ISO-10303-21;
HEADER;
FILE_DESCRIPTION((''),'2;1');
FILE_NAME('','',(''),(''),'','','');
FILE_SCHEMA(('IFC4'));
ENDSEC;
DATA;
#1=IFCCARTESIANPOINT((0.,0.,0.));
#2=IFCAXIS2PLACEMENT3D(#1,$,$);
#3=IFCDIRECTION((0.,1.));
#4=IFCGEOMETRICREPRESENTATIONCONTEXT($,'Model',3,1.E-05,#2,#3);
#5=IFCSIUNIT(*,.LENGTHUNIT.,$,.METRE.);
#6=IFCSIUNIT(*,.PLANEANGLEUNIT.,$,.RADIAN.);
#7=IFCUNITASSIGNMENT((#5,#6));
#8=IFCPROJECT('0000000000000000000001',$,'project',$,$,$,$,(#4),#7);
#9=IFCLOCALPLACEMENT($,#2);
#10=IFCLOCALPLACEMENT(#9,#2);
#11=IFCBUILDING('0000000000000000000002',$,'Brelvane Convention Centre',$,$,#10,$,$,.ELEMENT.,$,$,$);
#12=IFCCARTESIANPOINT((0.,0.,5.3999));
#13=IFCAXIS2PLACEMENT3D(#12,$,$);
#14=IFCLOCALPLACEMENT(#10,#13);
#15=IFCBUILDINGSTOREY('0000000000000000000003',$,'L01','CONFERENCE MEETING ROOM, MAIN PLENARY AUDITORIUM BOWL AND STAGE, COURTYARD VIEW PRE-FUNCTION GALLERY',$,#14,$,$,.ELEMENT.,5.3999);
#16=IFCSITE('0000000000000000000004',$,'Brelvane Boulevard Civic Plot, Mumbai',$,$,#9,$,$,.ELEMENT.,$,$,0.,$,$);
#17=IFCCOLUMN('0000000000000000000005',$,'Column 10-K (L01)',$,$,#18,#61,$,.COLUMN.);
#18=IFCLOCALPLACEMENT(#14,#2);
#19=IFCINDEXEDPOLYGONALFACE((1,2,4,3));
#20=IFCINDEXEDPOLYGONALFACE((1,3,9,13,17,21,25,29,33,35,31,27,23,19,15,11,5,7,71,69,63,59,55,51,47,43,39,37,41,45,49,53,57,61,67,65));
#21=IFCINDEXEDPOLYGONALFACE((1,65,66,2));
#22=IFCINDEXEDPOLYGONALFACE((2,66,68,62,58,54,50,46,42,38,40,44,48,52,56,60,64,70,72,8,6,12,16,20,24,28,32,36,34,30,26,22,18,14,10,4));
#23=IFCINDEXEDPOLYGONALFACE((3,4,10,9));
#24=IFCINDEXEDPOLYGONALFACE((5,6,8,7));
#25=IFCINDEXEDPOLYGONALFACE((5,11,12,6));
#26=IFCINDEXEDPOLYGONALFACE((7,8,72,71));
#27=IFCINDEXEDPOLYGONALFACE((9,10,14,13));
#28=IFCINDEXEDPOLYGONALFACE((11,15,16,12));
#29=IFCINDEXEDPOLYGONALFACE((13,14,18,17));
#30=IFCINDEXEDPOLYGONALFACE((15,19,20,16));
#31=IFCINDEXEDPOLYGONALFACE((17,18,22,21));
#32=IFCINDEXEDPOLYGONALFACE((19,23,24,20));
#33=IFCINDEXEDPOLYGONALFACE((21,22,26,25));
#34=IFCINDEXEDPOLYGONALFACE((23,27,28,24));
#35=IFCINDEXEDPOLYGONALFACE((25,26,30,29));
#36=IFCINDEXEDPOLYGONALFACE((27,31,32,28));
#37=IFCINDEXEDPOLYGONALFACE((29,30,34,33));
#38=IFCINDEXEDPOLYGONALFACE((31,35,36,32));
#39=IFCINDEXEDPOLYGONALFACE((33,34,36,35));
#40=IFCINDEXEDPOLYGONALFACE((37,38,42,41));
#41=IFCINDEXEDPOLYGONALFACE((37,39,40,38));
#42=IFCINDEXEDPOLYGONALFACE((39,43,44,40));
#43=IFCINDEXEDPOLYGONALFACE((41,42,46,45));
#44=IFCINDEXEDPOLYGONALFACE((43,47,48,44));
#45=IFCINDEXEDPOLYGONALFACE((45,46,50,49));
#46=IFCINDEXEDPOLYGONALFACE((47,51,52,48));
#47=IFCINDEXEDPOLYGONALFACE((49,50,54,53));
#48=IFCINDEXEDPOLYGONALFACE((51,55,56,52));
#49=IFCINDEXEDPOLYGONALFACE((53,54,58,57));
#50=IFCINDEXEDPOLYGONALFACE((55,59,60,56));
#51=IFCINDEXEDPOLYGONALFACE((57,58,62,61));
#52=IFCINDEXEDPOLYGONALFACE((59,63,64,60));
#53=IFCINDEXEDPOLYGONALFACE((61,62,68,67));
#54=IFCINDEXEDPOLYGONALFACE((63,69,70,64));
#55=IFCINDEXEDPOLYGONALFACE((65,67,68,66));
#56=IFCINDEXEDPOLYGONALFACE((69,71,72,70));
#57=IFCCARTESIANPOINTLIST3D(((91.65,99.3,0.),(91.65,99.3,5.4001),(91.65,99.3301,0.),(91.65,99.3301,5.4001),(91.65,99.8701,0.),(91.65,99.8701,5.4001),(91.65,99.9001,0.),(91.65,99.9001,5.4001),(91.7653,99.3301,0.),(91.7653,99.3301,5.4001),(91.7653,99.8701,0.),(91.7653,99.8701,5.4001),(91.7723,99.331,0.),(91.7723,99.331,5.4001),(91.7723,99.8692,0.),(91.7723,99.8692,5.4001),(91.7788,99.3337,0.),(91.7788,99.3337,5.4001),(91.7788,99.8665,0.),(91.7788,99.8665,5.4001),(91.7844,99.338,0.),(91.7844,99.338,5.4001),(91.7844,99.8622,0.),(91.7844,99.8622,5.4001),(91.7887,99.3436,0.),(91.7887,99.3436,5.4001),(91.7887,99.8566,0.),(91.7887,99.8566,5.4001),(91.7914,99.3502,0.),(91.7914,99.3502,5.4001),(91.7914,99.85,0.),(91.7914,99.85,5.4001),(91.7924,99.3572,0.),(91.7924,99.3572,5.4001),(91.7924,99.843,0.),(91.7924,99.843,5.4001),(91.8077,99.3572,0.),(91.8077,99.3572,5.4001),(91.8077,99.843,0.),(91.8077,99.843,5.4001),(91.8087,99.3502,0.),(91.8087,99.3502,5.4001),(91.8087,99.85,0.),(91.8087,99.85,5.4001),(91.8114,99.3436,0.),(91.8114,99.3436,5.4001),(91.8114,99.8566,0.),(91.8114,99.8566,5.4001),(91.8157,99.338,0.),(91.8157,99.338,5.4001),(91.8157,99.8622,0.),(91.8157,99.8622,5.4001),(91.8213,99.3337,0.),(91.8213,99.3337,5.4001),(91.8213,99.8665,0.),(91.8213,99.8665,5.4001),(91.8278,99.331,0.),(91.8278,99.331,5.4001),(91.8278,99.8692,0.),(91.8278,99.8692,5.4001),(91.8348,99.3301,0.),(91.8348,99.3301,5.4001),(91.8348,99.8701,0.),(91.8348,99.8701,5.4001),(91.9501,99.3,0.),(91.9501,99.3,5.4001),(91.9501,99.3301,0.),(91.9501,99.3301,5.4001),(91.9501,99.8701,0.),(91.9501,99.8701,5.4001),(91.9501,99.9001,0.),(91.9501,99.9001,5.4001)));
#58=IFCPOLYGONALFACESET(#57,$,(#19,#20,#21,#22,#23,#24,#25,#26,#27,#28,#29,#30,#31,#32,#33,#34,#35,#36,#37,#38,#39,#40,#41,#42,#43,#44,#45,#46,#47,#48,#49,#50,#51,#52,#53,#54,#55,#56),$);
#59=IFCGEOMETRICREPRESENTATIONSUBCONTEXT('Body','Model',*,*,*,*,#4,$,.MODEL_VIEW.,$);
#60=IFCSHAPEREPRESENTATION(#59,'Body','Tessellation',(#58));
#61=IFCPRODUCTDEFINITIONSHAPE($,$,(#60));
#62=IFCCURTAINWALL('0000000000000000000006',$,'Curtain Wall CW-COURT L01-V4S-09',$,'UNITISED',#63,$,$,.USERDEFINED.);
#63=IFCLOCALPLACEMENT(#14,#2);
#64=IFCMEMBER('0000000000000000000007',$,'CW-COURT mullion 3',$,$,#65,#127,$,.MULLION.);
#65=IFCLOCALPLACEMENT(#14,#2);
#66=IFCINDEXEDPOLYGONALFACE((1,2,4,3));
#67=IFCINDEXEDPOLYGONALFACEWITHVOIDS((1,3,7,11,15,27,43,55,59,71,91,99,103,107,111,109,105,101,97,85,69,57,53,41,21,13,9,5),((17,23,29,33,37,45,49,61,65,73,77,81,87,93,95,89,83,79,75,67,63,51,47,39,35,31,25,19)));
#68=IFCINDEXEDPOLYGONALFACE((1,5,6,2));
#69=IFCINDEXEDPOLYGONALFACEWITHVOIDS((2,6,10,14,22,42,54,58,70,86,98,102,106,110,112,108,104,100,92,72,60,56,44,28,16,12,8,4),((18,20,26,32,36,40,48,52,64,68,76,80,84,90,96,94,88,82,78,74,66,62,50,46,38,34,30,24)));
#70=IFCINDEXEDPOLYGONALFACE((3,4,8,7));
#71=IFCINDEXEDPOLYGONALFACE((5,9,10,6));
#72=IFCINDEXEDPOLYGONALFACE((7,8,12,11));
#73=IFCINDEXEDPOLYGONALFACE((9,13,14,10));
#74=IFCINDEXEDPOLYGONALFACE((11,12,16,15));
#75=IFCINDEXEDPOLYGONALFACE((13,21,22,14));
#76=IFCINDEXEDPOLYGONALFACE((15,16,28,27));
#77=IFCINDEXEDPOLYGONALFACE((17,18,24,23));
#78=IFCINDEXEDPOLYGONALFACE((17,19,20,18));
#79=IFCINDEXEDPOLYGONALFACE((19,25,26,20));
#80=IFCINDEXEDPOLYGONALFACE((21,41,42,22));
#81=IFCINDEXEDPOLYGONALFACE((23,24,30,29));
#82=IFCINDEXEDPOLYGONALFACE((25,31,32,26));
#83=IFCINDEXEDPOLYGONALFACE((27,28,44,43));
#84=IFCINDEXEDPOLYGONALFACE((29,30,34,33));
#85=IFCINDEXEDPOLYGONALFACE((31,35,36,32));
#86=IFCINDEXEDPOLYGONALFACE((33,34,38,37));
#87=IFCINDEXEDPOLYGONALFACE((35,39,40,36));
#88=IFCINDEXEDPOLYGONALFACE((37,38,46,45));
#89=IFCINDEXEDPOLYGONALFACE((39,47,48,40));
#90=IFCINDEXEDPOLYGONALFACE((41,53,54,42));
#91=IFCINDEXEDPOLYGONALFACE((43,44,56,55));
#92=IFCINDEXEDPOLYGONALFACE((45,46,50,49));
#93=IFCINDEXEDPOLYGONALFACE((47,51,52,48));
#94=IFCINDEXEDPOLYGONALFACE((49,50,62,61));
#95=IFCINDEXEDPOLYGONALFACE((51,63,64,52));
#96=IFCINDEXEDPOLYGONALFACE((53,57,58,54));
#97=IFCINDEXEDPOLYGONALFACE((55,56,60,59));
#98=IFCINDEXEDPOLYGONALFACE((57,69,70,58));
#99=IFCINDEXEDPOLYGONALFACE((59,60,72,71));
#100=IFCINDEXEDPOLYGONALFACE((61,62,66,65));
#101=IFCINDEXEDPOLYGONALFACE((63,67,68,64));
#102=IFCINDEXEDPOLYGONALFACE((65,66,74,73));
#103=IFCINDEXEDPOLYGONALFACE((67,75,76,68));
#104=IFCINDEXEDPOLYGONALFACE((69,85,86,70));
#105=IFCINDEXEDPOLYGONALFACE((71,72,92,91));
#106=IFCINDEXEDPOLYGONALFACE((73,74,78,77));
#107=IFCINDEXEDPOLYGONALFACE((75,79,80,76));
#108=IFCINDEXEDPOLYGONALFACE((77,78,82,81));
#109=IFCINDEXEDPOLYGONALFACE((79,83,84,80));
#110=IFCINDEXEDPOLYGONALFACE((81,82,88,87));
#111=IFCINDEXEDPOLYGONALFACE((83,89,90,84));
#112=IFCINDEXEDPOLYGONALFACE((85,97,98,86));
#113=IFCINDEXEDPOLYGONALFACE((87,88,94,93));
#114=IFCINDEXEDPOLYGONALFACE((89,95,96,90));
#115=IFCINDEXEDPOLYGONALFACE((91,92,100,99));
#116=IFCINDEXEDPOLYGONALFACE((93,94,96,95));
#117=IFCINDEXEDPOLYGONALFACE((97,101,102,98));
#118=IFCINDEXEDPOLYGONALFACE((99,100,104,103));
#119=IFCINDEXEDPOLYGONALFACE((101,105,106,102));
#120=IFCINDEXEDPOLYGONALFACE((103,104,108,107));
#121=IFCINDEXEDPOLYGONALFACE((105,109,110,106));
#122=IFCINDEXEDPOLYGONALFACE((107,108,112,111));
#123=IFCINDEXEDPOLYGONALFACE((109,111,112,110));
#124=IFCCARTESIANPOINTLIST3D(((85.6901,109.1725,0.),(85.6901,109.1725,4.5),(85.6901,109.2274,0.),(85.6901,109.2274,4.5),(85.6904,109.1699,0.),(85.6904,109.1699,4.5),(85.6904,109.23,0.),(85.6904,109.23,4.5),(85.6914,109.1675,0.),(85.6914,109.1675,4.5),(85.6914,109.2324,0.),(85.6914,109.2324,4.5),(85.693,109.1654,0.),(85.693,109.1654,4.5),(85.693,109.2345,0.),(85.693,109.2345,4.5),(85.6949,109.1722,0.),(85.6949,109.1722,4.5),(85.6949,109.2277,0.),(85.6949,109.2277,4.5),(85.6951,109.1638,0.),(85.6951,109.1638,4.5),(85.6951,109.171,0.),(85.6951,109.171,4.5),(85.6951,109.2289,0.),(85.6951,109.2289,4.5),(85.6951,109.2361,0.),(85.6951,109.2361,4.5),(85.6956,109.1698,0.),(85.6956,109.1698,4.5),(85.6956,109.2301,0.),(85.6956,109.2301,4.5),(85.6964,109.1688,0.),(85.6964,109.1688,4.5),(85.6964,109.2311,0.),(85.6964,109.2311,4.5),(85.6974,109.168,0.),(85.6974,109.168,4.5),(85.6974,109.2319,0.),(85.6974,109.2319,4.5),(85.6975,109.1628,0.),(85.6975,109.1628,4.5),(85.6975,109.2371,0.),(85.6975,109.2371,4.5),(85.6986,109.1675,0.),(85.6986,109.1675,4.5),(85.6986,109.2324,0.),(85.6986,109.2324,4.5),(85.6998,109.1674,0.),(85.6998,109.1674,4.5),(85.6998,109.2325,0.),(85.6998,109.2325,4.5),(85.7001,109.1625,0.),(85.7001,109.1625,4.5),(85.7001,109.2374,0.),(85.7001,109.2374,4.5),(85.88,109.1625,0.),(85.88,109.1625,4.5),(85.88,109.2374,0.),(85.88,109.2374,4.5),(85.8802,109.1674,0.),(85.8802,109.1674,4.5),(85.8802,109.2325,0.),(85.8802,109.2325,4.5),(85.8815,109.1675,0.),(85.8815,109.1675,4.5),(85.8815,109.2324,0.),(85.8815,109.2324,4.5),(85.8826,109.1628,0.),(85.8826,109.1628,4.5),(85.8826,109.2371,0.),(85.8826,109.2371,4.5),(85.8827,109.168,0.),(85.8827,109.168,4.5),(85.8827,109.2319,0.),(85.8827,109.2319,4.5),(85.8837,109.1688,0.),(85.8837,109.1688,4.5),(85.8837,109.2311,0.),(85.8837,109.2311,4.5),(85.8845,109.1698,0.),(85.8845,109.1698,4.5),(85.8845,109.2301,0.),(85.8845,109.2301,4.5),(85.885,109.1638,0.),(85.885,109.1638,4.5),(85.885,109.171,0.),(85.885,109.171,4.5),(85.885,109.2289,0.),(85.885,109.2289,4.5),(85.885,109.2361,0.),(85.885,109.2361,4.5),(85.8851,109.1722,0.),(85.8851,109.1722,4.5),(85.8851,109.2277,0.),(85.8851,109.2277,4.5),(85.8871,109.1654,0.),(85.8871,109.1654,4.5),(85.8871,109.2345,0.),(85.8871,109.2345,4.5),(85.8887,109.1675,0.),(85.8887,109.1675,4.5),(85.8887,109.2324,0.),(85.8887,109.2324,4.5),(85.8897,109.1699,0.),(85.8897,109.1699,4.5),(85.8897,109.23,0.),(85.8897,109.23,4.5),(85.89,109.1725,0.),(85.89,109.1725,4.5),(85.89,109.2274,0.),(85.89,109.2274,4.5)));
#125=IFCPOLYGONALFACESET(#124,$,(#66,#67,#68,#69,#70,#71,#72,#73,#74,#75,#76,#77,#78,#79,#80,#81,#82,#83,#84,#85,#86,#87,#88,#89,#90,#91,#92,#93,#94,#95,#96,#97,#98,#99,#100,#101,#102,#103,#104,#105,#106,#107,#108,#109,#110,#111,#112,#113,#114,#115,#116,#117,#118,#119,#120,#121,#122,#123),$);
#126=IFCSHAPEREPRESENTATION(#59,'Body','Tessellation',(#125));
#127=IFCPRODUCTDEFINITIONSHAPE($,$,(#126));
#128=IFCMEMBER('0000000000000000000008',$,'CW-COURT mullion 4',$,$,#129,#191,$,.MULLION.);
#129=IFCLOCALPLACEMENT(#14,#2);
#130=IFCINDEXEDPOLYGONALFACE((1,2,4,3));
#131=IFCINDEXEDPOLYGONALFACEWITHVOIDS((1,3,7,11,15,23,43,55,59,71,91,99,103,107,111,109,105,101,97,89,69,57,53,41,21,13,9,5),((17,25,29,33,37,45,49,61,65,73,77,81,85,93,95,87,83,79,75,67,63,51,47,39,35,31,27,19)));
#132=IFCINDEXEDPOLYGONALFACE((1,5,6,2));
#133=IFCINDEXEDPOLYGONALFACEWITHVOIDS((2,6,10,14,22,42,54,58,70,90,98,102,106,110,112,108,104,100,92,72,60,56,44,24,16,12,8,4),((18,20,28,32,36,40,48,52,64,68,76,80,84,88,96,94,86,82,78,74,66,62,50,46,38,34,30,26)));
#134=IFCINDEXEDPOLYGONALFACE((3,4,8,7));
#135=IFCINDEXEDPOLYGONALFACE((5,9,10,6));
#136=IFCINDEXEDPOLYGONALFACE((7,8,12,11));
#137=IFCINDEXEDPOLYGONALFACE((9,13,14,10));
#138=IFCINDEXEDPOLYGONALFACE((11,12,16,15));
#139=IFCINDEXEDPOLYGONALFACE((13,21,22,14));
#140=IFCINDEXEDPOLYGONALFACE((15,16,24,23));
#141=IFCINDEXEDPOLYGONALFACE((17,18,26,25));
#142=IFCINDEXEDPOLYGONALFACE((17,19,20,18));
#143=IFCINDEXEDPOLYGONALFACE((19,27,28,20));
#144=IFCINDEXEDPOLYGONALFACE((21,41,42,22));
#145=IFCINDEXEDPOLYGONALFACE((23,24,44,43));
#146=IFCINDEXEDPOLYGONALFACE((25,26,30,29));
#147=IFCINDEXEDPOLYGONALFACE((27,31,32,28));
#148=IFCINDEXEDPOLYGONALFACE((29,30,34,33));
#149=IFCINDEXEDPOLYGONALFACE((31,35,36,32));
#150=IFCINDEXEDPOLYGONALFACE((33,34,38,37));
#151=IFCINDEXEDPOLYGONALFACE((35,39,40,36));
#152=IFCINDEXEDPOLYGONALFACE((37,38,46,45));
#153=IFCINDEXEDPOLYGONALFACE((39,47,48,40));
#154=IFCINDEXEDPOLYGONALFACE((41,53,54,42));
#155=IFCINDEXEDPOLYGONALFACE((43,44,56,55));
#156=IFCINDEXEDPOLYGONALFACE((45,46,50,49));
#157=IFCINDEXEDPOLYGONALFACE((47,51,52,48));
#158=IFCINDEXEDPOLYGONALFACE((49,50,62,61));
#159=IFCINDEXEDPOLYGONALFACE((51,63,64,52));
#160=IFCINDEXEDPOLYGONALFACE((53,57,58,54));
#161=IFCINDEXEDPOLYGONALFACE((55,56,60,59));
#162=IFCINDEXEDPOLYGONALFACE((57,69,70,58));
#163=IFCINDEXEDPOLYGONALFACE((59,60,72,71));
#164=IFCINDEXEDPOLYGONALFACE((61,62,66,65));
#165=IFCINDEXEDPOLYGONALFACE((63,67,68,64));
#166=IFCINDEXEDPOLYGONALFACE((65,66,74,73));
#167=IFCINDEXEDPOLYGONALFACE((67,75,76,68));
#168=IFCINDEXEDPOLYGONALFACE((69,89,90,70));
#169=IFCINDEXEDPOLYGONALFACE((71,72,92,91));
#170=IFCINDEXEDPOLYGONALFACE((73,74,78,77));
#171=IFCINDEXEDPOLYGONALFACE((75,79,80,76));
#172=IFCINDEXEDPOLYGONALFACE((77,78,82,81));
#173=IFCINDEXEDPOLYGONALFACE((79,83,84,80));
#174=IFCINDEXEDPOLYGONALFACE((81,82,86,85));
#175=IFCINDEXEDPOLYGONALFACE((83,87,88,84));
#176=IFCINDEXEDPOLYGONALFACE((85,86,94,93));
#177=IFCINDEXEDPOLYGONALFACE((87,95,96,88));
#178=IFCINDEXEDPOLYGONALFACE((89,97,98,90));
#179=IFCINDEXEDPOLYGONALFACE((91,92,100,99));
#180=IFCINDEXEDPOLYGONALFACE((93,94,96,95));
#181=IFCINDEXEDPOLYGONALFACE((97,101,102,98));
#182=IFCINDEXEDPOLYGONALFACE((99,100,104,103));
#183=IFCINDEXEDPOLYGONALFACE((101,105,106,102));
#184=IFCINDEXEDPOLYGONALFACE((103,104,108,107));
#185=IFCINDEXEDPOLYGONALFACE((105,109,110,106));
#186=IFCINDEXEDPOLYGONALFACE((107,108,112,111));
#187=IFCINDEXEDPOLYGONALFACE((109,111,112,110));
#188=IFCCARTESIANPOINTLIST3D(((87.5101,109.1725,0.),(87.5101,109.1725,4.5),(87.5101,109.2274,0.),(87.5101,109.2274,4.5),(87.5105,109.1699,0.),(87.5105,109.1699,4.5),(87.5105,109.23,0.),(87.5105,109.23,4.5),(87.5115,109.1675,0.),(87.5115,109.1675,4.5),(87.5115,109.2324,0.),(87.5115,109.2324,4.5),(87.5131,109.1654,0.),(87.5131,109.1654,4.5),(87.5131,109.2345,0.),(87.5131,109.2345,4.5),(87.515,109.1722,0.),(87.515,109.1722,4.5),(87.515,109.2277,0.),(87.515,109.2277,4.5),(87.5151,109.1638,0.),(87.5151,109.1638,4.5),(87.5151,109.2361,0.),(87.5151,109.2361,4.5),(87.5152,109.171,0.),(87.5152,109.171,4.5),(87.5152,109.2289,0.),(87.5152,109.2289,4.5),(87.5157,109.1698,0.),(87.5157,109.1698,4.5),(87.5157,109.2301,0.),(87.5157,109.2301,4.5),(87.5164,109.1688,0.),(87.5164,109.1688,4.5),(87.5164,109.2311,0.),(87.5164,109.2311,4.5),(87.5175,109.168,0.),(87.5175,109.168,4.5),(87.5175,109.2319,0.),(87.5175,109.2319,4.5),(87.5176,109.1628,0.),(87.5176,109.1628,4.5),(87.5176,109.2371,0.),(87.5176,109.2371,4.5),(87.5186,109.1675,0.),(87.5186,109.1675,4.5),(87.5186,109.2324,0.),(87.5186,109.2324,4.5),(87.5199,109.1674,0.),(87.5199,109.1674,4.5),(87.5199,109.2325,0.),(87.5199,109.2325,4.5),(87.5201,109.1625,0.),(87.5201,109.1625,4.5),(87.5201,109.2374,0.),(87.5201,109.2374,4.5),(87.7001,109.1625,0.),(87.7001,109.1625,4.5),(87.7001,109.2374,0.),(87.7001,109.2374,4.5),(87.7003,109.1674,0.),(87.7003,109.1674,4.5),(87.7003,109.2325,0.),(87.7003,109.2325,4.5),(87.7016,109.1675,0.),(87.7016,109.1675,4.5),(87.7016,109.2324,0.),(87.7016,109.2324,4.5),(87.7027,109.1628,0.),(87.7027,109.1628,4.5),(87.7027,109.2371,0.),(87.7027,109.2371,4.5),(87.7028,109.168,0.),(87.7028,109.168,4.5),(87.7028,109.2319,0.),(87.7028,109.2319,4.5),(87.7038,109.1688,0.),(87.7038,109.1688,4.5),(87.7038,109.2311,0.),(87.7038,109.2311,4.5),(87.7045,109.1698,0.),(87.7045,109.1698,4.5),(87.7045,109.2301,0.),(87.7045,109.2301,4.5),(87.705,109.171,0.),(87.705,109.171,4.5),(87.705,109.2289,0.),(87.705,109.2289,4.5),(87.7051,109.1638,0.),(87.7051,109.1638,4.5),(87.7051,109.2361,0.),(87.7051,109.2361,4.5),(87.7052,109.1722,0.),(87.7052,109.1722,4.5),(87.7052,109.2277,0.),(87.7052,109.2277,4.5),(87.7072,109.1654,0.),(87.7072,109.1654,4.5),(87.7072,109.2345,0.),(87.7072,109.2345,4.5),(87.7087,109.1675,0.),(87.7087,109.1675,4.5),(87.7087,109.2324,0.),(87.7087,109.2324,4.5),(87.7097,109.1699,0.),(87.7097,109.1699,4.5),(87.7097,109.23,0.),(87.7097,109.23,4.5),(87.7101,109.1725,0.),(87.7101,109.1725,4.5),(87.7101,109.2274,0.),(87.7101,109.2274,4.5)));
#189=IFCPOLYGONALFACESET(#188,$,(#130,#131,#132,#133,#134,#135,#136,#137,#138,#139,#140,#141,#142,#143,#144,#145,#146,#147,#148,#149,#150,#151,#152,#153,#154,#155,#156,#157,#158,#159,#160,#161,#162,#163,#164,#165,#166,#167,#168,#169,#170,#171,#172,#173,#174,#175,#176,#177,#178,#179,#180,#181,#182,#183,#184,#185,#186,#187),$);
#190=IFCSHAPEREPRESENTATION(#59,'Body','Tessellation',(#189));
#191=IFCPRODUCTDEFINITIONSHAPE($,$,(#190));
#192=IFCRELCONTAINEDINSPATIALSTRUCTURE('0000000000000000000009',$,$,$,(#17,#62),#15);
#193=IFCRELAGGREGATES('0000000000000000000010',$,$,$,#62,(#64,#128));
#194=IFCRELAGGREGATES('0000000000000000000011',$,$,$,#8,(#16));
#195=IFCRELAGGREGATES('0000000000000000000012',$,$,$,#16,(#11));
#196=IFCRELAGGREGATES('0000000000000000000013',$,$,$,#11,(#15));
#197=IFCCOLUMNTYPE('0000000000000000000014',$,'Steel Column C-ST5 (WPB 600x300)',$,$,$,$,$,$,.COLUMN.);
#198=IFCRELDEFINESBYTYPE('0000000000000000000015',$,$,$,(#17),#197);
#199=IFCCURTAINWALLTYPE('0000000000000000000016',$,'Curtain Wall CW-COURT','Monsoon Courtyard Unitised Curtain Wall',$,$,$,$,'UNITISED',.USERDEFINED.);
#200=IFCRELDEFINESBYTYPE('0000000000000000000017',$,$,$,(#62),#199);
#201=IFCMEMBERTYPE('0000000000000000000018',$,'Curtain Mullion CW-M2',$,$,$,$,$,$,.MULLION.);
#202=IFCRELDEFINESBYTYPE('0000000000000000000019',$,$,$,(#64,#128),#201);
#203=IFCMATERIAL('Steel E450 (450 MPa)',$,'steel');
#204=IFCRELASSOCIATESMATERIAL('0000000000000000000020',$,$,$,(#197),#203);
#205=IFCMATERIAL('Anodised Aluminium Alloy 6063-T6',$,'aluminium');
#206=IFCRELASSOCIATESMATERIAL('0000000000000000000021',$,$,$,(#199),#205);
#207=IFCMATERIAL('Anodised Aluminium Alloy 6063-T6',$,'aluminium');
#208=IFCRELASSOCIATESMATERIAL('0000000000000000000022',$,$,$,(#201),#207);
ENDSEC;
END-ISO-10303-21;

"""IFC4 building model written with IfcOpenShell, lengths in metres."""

from ifc_helpers import new_model, si_unit, direction, frame, origin, origin_2d, place, context, subcontext, project, spatial, hollow_rectangle, i_section, extrude, material, material_profile, profile_set, type_object, element, aggregate, save


model = new_model("IFC4")

# Units and contexts
model_context = context("Model", 3, precision=1e-05, world=origin(), true_north=direction((0.0, 1.0)))
body_context = subcontext(model_context, "Body", "Model", "MODEL_VIEW")
ifc_project = project(units=[si_unit("LENGTHUNIT", "METRE"), si_unit("PLANEANGLEUNIT", "RADIAN")], contexts=[model_context])

# Site, building, storey
site_placement = place(None, origin())
site = spatial("IfcSite", under=ifc_project, at=site_placement, Name="Brelvane Boulevard Civic Plot, Mumbai", CompositionType="ELEMENT", RefElevation=0.0)
building_placement = place(site_placement, origin())
building = spatial("IfcBuilding", under=site, at=building_placement, Name="Brelvane Convention Centre", CompositionType="ELEMENT")
storey_placement = place(building_placement, frame((0.0, 0.0, 5.3999)))
storey = spatial("IfcBuildingStorey", under=building, at=storey_placement, Name="L01", Description="CONFERENCE MEETING ROOM, MAIN PLENARY AUDITORIUM BOWL AND STAGE, COURTYARD VIEW PRE-FUNCTION GALLERY", CompositionType="ELEMENT", Elevation=5.3999)

# Column
ifc_material_1 = material(Name="Steel E450 (450 MPa)", Category="steel")
ifc_material_profile_1 = material_profile(ifc_material_1, i_section(OverallWidth=0.3, OverallDepth=0.6001, WebThickness=0.0154, FlangeThickness=0.03, FilletRadius=0.0271, at=origin_2d()), Name="WPB 600x300")
ifc_profile_set_1 = profile_set([ifc_material_profile_1], Name="Steel E450 (450 MPa)")
column_type = type_object("IfcColumnType", Name="Steel Column C-ST5 (WPB 600x300)", PredefinedType="COLUMN", material=ifc_profile_set_1)
column_placement = place(storey_placement, frame((91.8, 99.6001, 0.0), z_axis=(0.0, 0.0, 1.0), x_axis=(1.0, 0.0, 0.0)))
element("IfcColumn", 1, at=column_placement, inside=storey, type_object=column_type, Name="Column 10-K (L01)", PredefinedType="COLUMN", context=body_context, shape_type="SweptSolid", body=[
    extrude(i_section(OverallWidth=0.3, OverallDepth=0.6001, WebThickness=0.0154, FlangeThickness=0.03, FilletRadius=0.0271, at=origin_2d()), origin(), (0.0, 0.0, 1.0), 5.4001),
])

# Curtain wall, members
ifc_material_2 = material(Name="Anodised Aluminium Alloy 6063-T6", Category="aluminium")
curtain_wall_type = type_object("IfcCurtainWallType", Name="Curtain Wall CW-COURT", Description="Monsoon Courtyard Unitised Curtain Wall", ElementType="UNITISED", PredefinedType="USERDEFINED", material=ifc_material_2)
curtain_wall_placement = place(storey_placement, origin())
curtain_wall = element("IfcCurtainWall", 2, at=curtain_wall_placement, inside=storey, type_object=curtain_wall_type, Name="Curtain Wall CW-COURT L01-V4S-09", ObjectType="UNITISED", PredefinedType="USERDEFINED")
ifc_material_3 = material(Name="Anodised Aluminium Alloy 6063-T6", Category="aluminium")
ifc_material_profile_2 = material_profile(ifc_material_3, hollow_rectangle(XDim=0.075, YDim=0.2, WallThickness=0.0049, InnerFilletRadius=0.0049, OuterFilletRadius=0.01, at=origin_2d()), Name="ALU-M 200x75x5.0")
ifc_profile_set_2 = profile_set([ifc_material_profile_2], Name="Anodised Aluminium Alloy 6063-T6")
member_type_1 = type_object("IfcMemberType", Name="Curtain Mullion CW-M2", PredefinedType="MULLION", material=ifc_profile_set_2)
member_1_placement = place(storey_placement, frame((85.79, 109.2, 0.0), z_axis=(0.0, 0.0, 1.0), x_axis=(0.0, 1.0, 0.0)))
member_1 = element("IfcMember", 3, at=member_1_placement, type_object=member_type_1, Name="CW-COURT mullion 3", PredefinedType="MULLION", context=body_context, shape_type="SweptSolid", body=[
    extrude(hollow_rectangle(XDim=0.075, YDim=0.2, WallThickness=0.0049, InnerFilletRadius=0.0049, OuterFilletRadius=0.01, at=origin_2d()), origin(), (0.0, 0.0, 1.0), 4.5),
])
member_2_placement = place(storey_placement, frame((87.6101, 109.2, 0.0), z_axis=(0.0, 0.0, 1.0), x_axis=(0.0, 1.0, 0.0)))
member_2 = element("IfcMember", 4, at=member_2_placement, type_object=member_type_1, Name="CW-COURT mullion 4", PredefinedType="MULLION", context=body_context, shape_type="SweptSolid", body=[
    extrude(hollow_rectangle(XDim=0.075, YDim=0.2, WallThickness=0.0049, InnerFilletRadius=0.0049, OuterFilletRadius=0.01, at=origin_2d()), origin(), (0.0, 0.0, 1.0), 4.5),
])

aggregate(curtain_wall, [member_1, member_2])

save(model, "model.ifc")
